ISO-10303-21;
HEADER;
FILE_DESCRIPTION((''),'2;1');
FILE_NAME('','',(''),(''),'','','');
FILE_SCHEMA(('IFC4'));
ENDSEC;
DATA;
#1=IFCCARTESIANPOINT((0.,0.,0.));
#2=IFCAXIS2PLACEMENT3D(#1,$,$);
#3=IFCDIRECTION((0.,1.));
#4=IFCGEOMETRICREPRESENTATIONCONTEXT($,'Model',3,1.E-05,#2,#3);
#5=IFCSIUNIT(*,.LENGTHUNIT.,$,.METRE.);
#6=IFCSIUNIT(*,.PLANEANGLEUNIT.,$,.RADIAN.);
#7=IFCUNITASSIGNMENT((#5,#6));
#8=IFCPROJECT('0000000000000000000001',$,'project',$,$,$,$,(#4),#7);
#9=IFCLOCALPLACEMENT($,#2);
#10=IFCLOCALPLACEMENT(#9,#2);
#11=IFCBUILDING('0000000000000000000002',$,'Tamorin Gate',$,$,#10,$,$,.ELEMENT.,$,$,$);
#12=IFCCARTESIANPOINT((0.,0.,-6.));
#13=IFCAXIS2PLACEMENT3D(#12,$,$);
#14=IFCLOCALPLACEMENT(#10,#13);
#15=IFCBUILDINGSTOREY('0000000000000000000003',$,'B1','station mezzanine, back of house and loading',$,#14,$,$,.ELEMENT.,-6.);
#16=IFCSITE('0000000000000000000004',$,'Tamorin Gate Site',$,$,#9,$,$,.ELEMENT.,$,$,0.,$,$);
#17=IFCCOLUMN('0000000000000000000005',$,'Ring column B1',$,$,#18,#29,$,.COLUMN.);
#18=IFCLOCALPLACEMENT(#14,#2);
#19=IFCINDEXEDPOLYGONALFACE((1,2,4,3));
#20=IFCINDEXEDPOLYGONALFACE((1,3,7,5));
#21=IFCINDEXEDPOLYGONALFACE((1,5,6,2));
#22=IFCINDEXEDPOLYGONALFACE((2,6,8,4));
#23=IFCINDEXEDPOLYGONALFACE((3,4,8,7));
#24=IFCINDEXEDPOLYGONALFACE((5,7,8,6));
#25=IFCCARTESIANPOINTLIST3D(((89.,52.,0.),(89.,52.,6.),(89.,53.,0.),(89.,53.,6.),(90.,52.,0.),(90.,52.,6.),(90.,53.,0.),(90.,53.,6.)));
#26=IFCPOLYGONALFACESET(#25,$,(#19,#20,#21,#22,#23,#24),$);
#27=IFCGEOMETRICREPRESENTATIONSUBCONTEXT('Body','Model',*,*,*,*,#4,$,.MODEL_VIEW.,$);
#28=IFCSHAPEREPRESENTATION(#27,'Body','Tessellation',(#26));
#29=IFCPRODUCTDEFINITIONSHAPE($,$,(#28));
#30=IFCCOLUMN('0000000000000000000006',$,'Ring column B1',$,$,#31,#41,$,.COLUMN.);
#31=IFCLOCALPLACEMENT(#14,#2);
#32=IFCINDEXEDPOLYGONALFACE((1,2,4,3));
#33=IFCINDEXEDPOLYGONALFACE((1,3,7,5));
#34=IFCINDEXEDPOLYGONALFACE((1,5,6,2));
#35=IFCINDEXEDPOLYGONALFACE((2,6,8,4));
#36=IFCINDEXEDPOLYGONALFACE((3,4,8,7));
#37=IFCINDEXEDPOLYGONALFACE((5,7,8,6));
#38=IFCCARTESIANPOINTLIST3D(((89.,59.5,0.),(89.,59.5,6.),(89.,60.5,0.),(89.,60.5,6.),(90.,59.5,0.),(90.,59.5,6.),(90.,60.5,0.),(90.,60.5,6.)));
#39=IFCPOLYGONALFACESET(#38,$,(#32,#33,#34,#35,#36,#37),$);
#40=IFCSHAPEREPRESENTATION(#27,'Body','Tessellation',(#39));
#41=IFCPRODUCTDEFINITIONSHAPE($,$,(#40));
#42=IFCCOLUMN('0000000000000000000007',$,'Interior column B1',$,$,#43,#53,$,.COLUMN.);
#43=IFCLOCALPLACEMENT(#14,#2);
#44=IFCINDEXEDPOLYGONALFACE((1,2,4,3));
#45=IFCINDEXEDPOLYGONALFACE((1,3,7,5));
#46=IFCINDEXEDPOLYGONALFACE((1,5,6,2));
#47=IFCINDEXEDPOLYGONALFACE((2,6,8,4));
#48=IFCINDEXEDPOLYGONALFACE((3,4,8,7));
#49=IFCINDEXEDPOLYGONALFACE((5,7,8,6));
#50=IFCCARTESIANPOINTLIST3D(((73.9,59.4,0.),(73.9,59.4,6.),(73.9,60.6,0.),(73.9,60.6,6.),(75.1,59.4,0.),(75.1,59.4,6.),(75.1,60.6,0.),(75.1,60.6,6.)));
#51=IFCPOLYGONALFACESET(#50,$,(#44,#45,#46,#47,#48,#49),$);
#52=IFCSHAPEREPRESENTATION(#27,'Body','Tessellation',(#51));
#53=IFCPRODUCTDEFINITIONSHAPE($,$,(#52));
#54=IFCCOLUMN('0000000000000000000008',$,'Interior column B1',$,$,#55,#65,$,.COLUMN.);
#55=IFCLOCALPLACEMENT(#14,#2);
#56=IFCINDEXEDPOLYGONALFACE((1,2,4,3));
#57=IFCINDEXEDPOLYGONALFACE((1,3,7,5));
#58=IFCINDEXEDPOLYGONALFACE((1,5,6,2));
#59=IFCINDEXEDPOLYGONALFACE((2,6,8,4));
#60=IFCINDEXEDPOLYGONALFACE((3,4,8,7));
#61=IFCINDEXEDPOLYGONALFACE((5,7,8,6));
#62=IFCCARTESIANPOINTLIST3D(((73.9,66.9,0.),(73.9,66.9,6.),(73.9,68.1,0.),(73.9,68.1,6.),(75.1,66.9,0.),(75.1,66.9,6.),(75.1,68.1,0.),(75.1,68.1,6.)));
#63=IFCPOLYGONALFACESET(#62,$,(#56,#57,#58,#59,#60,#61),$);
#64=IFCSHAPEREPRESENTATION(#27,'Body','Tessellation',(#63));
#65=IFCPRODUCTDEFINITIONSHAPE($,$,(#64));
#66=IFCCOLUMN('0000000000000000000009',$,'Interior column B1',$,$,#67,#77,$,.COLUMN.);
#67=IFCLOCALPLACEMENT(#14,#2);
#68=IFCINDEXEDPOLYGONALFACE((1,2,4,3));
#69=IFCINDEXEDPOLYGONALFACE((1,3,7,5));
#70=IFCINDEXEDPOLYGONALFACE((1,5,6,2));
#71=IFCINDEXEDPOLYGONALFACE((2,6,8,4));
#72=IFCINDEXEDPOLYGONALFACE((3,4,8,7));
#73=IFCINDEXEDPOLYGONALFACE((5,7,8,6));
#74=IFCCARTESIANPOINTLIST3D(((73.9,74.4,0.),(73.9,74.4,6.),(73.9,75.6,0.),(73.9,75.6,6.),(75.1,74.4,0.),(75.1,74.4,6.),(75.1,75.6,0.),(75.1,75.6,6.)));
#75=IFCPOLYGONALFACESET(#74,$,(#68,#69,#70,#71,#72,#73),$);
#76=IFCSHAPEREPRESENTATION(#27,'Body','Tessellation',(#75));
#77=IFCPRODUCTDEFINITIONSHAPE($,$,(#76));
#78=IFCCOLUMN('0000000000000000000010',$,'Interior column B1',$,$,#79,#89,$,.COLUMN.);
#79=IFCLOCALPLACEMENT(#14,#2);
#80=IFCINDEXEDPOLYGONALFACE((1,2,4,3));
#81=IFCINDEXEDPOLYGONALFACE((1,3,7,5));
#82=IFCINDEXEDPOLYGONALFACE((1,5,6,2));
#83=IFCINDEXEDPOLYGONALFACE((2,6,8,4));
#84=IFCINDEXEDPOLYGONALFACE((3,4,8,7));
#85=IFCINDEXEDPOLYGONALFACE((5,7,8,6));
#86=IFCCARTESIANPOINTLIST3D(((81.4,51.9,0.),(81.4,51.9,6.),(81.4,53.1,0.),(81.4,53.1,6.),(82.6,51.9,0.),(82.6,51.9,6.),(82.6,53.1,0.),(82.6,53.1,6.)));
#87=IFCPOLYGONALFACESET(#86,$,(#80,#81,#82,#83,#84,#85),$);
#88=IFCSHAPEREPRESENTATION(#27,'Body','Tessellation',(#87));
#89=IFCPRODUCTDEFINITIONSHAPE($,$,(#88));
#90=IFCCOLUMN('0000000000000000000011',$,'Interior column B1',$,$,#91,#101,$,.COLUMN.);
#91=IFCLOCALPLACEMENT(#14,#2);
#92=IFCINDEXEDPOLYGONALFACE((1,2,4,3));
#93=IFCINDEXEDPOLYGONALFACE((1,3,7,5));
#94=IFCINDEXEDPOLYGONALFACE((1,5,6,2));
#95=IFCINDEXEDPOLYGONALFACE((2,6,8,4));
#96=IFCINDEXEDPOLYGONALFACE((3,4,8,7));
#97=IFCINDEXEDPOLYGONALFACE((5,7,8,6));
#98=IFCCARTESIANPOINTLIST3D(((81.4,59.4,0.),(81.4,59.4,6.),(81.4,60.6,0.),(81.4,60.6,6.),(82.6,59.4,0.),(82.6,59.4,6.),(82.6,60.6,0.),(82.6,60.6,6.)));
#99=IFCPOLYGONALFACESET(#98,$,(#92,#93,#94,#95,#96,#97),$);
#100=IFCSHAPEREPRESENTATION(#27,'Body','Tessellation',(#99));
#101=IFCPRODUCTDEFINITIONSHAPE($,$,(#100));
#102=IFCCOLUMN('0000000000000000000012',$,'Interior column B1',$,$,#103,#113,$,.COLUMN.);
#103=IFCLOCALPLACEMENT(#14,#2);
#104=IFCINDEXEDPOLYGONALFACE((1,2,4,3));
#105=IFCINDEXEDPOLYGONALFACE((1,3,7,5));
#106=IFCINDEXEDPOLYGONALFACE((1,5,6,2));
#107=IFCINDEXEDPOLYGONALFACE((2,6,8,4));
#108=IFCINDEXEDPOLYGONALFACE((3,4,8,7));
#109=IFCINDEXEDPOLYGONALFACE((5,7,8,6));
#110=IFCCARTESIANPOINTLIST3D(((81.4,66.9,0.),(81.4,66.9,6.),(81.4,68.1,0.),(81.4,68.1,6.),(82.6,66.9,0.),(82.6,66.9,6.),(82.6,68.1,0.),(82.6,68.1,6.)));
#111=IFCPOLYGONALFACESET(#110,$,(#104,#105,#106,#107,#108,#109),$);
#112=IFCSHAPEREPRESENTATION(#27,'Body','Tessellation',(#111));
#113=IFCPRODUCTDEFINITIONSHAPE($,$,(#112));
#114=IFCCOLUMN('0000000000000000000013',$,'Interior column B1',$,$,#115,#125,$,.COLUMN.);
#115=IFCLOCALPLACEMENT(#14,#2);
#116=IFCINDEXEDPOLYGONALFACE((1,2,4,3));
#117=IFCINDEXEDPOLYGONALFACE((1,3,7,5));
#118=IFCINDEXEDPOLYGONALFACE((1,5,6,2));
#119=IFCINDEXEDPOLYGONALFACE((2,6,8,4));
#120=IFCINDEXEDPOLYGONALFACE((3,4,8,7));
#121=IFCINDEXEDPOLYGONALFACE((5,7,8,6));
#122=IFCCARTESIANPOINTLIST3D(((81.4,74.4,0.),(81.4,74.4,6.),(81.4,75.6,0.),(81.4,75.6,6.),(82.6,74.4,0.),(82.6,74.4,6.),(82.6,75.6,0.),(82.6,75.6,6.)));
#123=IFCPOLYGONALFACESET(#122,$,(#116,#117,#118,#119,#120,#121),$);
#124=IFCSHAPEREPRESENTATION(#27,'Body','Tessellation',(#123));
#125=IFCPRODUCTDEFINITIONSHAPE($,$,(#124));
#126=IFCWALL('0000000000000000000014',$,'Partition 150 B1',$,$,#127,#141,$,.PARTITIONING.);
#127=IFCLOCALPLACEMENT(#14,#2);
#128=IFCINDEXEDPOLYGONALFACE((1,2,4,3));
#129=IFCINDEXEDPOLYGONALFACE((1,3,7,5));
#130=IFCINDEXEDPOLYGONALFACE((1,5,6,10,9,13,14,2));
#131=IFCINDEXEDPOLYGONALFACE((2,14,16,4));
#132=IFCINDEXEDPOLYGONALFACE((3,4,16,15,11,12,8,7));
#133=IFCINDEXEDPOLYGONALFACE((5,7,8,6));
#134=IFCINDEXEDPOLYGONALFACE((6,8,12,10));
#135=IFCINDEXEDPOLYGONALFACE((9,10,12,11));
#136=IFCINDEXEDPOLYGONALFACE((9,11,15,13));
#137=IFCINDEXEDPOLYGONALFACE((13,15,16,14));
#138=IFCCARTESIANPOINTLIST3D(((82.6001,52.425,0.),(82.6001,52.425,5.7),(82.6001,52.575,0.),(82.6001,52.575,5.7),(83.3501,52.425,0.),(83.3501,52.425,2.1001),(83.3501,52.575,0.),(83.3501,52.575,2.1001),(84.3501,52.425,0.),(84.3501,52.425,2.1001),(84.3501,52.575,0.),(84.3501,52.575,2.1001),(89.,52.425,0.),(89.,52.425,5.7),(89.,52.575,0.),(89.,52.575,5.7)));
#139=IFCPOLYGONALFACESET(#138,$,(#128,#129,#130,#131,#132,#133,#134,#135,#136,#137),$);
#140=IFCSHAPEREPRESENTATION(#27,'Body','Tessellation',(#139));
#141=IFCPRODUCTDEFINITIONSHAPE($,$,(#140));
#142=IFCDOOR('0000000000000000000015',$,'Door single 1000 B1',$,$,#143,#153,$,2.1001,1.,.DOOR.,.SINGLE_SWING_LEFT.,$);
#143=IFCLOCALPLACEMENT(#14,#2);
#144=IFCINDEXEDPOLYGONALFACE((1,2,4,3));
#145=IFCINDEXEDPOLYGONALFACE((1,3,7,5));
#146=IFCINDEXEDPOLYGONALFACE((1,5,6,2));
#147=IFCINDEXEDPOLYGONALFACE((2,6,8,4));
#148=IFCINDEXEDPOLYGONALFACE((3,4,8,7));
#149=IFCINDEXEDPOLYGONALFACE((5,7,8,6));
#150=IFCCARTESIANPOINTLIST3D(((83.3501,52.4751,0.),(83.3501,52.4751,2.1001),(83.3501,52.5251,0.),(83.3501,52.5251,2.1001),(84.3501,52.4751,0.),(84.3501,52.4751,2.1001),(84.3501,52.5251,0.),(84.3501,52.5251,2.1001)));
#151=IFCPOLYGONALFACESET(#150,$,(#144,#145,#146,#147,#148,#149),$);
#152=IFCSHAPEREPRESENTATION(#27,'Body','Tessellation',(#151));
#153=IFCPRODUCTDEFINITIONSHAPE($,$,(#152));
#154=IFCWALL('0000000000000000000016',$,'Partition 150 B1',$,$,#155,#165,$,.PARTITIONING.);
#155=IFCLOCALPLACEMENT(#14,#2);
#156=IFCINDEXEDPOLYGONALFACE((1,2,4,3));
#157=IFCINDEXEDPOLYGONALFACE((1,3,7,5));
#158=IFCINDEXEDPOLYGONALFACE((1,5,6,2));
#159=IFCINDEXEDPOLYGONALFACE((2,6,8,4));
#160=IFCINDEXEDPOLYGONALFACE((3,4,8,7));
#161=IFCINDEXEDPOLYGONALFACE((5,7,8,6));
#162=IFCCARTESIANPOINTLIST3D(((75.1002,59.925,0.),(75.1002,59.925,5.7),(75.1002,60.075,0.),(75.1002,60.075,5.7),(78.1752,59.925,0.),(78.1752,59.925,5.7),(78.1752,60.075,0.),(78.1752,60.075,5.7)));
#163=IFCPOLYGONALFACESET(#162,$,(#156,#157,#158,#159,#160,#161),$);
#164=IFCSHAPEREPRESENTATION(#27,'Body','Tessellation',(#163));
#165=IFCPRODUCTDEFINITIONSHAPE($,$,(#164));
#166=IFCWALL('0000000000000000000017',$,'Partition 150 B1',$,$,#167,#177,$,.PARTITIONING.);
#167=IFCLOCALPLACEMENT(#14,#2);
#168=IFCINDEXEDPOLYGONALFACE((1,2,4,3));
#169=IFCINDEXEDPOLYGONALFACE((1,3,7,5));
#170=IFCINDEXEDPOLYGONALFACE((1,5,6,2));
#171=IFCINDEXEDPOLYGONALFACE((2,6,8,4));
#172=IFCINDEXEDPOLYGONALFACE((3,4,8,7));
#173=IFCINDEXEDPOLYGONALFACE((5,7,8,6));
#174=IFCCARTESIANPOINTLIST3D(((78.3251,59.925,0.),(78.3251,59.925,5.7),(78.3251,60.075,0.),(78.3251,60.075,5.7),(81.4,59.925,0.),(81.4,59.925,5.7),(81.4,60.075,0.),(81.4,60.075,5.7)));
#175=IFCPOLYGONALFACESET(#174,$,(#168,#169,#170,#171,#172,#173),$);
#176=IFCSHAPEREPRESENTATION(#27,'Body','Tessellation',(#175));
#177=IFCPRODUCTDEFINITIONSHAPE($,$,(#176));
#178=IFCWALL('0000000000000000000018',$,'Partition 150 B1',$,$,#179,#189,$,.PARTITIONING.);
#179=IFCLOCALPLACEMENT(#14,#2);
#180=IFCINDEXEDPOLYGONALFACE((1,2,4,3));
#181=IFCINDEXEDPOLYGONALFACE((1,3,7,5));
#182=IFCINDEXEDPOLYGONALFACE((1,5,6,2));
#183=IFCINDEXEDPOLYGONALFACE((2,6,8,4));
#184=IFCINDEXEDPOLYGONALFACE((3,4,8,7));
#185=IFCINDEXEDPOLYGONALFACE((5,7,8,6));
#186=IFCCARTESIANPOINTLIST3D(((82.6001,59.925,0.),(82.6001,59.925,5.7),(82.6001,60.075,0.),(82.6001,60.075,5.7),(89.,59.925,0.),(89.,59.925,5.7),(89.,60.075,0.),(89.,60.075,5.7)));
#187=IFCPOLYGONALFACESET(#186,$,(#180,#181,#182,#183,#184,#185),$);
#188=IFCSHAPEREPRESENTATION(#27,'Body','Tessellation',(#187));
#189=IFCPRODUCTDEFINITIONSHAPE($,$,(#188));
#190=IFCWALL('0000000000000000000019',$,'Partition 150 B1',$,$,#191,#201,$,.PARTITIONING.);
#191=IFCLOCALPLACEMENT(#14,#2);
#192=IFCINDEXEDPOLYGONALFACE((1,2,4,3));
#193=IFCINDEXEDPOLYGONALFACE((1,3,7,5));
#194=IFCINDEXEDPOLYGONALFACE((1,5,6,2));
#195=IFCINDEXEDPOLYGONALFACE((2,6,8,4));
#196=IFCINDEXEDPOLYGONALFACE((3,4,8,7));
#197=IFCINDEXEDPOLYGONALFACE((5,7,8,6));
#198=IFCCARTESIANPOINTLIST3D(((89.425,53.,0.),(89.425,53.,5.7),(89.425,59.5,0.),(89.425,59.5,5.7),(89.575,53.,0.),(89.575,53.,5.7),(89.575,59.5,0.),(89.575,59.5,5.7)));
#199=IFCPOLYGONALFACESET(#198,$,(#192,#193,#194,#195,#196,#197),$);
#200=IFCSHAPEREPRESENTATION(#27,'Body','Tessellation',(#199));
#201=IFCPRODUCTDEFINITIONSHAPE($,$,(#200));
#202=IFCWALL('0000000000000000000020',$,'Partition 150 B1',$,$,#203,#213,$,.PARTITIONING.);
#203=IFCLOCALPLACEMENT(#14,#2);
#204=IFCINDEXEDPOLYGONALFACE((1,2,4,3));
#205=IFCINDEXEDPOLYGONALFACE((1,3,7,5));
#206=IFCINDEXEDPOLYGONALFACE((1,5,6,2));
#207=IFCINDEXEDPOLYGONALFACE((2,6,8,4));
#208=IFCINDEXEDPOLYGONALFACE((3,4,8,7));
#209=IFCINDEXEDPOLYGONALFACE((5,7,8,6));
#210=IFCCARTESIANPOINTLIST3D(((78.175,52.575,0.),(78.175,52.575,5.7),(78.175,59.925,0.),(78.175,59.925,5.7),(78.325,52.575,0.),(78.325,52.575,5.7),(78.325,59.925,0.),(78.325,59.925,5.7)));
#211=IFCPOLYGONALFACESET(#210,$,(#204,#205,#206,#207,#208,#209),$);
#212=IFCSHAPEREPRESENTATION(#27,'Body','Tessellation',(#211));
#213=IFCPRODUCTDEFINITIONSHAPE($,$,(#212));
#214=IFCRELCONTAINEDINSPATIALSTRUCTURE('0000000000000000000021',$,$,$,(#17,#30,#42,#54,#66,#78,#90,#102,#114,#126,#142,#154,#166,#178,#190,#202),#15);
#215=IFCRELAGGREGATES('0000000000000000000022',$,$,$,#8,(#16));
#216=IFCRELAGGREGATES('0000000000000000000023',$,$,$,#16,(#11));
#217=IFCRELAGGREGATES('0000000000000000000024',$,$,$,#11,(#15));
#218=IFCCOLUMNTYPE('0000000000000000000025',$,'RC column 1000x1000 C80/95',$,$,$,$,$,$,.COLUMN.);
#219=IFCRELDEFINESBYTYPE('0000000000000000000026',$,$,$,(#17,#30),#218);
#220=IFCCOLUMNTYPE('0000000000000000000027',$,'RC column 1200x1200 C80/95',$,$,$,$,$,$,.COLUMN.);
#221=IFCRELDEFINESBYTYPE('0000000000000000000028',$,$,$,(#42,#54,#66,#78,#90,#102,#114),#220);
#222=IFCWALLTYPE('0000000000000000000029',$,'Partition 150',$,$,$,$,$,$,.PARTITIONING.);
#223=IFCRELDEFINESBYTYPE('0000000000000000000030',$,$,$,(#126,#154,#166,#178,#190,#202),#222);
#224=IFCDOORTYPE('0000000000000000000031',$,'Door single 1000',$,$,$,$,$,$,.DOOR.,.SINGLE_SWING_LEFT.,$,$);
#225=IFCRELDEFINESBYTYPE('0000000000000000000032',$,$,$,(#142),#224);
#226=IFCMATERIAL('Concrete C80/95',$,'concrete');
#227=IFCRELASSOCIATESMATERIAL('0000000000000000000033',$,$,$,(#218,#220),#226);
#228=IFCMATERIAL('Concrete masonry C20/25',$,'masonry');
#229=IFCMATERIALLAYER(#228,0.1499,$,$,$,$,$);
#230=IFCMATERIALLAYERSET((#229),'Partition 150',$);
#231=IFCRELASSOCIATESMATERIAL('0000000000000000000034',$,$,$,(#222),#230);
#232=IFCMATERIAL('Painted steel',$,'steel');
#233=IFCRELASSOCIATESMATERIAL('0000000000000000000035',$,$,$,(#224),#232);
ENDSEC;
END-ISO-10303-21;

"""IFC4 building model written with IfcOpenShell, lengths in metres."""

from ifc_helpers import new_model, si_unit, direction, frame, frame_2d, origin, origin_2d, place, context, subcontext, project, spatial, rectangle, extrude, material, layer, layer_set, material_profile, profile_set, type_object, element, fill, save


model = new_model("IFC4")

# Units and contexts
model_context = context("Model", 3, precision=1e-05, world=origin(), true_north=direction((0.0, 1.0)))
body_context = subcontext(model_context, "Body", "Model", "MODEL_VIEW")
ifc_project = project(units=[si_unit("LENGTHUNIT", "METRE"), si_unit("PLANEANGLEUNIT", "RADIAN")], contexts=[model_context])

# Site, building, storey
site_placement = place(None, origin())
site = spatial("IfcSite", under=ifc_project, at=site_placement, Name="Tamorin Gate Site", CompositionType="ELEMENT", RefElevation=0.0)
building_placement = place(site_placement, origin())
building = spatial("IfcBuilding", under=site, at=building_placement, Name="Tamorin Gate", CompositionType="ELEMENT")
storey_placement = place(building_placement, frame((0.0, 0.0, -6.0)))
storey = spatial("IfcBuildingStorey", under=building, at=storey_placement, Name="B1", Description="station mezzanine, back of house and loading", CompositionType="ELEMENT", Elevation=-6.0)

# Columns
ifc_material_1 = material(Name="Concrete C80/95", Category="concrete")
ifc_material_profile_1 = material_profile(ifc_material_1, rectangle(XDim=1.0, YDim=1.0, at=origin_2d()), Name="RC 1000x1000")
ifc_profile_set_1 = profile_set([ifc_material_profile_1], Name="Concrete C80/95")
column_type_1 = type_object("IfcColumnType", Name="RC column 1000x1000 C80/95", PredefinedType="COLUMN", material=ifc_profile_set_1)
for number, where, z_axis, x_axis, name in (
    (1, (89.5, 52.5, 0.0), (0.0, 0.0, 1.0), (1.0, 0.0, 0.0), "Ring column B1"),
    (2, (89.5, 60.0, 0.0), (0.0, 0.0, 1.0), (1.0, 0.0, 0.0), "Ring column B1"),
):
    element("IfcColumn", number, at=place(storey_placement, frame(where, z_axis=z_axis, x_axis=x_axis)), inside=storey, type_object=column_type_1, Name=name, PredefinedType="COLUMN", context=body_context, shape_type="SweptSolid", body=[
        extrude(rectangle(XDim=1.0, YDim=1.0, at=origin_2d()), origin(), (0.0, 0.0, 1.0), 6.0),
    ])
ifc_material_profile_2 = material_profile(ifc_material_1, rectangle(XDim=1.2, YDim=1.2, at=origin_2d()), Name="RC 1200x1200")
ifc_profile_set_2 = profile_set([ifc_material_profile_2], Name="Concrete C80/95")
column_type_2 = type_object("IfcColumnType", Name="RC column 1200x1200 C80/95", PredefinedType="COLUMN", material=ifc_profile_set_2)
for number, where, z_axis, x_axis, name in (
    (3, (74.5, 60.0, 0.0), (0.0, 0.0, 1.0), (1.0, 0.0, 0.0), "Interior column B1"),
    (4, (74.5, 67.5, 0.0), (0.0, 0.0, 1.0), (1.0, 0.0, 0.0), "Interior column B1"),
    (5, (74.5, 75.0, 0.0), (0.0, 0.0, 1.0), (1.0, 0.0, 0.0), "Interior column B1"),
    (6, (82.0, 52.5, 0.0), (0.0, 0.0, 1.0), (1.0, 0.0, 0.0), "Interior column B1"),
    (7, (82.0, 60.0, 0.0), (0.0, 0.0, 1.0), (1.0, 0.0, 0.0), "Interior column B1"),
    (8, (82.0, 67.5, 0.0), (0.0, 0.0, 1.0), (1.0, 0.0, 0.0), "Interior column B1"),
    (9, (82.0, 75.0, 0.0), (0.0, 0.0, 1.0), (1.0, 0.0, 0.0), "Interior column B1"),
):
    element("IfcColumn", number, at=place(storey_placement, frame(where, z_axis=z_axis, x_axis=x_axis)), inside=storey, type_object=column_type_2, Name=name, PredefinedType="COLUMN", context=body_context, shape_type="SweptSolid", body=[
        extrude(rectangle(XDim=1.2, YDim=1.2, at=origin_2d()), origin(), (0.0, 0.0, 1.0), 6.0),
    ])

# Wall, opening, door
ifc_material_2 = material(Name="Concrete masonry C20/25", Category="masonry")
ifc_layer = layer(ifc_material_2, 0.1499)
ifc_layer_set = layer_set([ifc_layer], Name="Partition 150")
wall_type = type_object("IfcWallType", Name="Partition 150", PredefinedType="PARTITIONING", material=ifc_layer_set)
wall_1_placement = place(storey_placement, frame((89.0, 52.5, 0.0), z_axis=(0.0, 0.0, 1.0), x_axis=(-1.0, 0.0, 0.0)))
wall_1 = element("IfcWall", 10, at=wall_1_placement, inside=storey, type_object=wall_type, Name="Partition 150 B1", PredefinedType="PARTITIONING", context=body_context, shape_type="SweptSolid", body=[
    extrude(rectangle(XDim=6.3999, YDim=0.1499, at=frame_2d((3.2, 0.0))), origin(), (0.0, 0.0, 1.0), 5.7),
])
opening_placement = place(wall_1_placement, frame((4.6499, 0.0, 0.0)))
opening = element("IfcOpeningElement", 11, at=opening_placement, cuts=wall_1, PredefinedType="OPENING", context=body_context, shape_type="SweptSolid", body=[
    extrude(rectangle(XDim=1.0, YDim=2.1001, at=frame_2d((0.5, 1.05))), frame((0.0, 0.085, 0.0), z_axis=(0.0, -1.0, 0.0), x_axis=(1.0, 0.0, 0.0)), (0.0, 0.0, 1.0), 0.1699),
])
ifc_material_3 = material(Name="Painted steel", Category="steel")
door_type = type_object("IfcDoorType", Name="Door single 1000", OperationType="SINGLE_SWING_LEFT", PredefinedType="DOOR", material=ifc_material_3)
door_placement = place(opening_placement, origin())
door = element("IfcDoor", 12, at=door_placement, inside=storey, type_object=door_type, Name="Door single 1000 B1", OperationType="SINGLE_SWING_LEFT", OverallHeight=2.1001, OverallWidth=1.0, PredefinedType="DOOR", context=body_context, shape_type="SweptSolid", body=[
    extrude(rectangle(XDim=1.0, YDim=2.1001, at=frame_2d((0.5, 1.05))), frame((0.0, 0.0249, 0.0), z_axis=(0.0, -1.0, 0.0), x_axis=(1.0, 0.0, 0.0)), (0.0, 0.0, 1.0), 0.05),
])
fill(opening, door)

# Walls
for number, where, z_axis, x_axis, name in (
    (13, (75.1001, 60.0, 0.0), (0.0, 0.0, 1.0), (1.0, 0.0, 0.0), "Partition 150 B1"),
    (14, (78.325, 60.0, 0.0), (0.0, 0.0, 1.0), (1.0, 0.0, 0.0), "Partition 150 B1"),
):
    element("IfcWall", number, at=place(storey_placement, frame(where, z_axis=z_axis, x_axis=x_axis)), inside=storey, type_object=wall_type, Name=name, PredefinedType="PARTITIONING", context=body_context, shape_type="SweptSolid", body=[
        extrude(rectangle(XDim=3.075, YDim=0.1499, at=frame_2d((1.5376, 0.0))), origin(), (0.0, 0.0, 1.0), 5.7),
    ])
wall_2_placement = place(storey_placement, frame((82.6001, 60.0, 0.0), z_axis=(0.0, 0.0, 1.0), x_axis=(1.0, 0.0, 0.0)))
element("IfcWall", 15, at=wall_2_placement, inside=storey, type_object=wall_type, Name="Partition 150 B1", PredefinedType="PARTITIONING", context=body_context, shape_type="SweptSolid", body=[
    extrude(rectangle(XDim=6.3999, YDim=0.1499, at=frame_2d((3.2, 0.0))), origin(), (0.0, 0.0, 1.0), 5.7),
])
wall_3_placement = place(storey_placement, frame((89.5, 53.0, 0.0), z_axis=(0.0, 0.0, 1.0), x_axis=(0.0, 1.0, 0.0)))
element("IfcWall", 16, at=wall_3_placement, inside=storey, type_object=wall_type, Name="Partition 150 B1", PredefinedType="PARTITIONING", context=body_context, shape_type="SweptSolid", body=[
    extrude(rectangle(XDim=6.5, YDim=0.1499, at=frame_2d((3.25, 0.0))), origin(), (0.0, 0.0, 1.0), 5.7),
])
wall_4_placement = place(storey_placement, frame((78.25, 52.575, 0.0), z_axis=(0.0, 0.0, 1.0), x_axis=(0.0, 1.0, 0.0)))
element("IfcWall", 17, at=wall_4_placement, inside=storey, type_object=wall_type, Name="Partition 150 B1", PredefinedType="PARTITIONING", context=body_context, shape_type="SweptSolid", body=[
    extrude(rectangle(XDim=7.3501, YDim=0.1499, at=frame_2d((3.675, 0.0))), origin(), (0.0, 0.0, 1.0), 5.7),
])

save(model, "model.ifc")
